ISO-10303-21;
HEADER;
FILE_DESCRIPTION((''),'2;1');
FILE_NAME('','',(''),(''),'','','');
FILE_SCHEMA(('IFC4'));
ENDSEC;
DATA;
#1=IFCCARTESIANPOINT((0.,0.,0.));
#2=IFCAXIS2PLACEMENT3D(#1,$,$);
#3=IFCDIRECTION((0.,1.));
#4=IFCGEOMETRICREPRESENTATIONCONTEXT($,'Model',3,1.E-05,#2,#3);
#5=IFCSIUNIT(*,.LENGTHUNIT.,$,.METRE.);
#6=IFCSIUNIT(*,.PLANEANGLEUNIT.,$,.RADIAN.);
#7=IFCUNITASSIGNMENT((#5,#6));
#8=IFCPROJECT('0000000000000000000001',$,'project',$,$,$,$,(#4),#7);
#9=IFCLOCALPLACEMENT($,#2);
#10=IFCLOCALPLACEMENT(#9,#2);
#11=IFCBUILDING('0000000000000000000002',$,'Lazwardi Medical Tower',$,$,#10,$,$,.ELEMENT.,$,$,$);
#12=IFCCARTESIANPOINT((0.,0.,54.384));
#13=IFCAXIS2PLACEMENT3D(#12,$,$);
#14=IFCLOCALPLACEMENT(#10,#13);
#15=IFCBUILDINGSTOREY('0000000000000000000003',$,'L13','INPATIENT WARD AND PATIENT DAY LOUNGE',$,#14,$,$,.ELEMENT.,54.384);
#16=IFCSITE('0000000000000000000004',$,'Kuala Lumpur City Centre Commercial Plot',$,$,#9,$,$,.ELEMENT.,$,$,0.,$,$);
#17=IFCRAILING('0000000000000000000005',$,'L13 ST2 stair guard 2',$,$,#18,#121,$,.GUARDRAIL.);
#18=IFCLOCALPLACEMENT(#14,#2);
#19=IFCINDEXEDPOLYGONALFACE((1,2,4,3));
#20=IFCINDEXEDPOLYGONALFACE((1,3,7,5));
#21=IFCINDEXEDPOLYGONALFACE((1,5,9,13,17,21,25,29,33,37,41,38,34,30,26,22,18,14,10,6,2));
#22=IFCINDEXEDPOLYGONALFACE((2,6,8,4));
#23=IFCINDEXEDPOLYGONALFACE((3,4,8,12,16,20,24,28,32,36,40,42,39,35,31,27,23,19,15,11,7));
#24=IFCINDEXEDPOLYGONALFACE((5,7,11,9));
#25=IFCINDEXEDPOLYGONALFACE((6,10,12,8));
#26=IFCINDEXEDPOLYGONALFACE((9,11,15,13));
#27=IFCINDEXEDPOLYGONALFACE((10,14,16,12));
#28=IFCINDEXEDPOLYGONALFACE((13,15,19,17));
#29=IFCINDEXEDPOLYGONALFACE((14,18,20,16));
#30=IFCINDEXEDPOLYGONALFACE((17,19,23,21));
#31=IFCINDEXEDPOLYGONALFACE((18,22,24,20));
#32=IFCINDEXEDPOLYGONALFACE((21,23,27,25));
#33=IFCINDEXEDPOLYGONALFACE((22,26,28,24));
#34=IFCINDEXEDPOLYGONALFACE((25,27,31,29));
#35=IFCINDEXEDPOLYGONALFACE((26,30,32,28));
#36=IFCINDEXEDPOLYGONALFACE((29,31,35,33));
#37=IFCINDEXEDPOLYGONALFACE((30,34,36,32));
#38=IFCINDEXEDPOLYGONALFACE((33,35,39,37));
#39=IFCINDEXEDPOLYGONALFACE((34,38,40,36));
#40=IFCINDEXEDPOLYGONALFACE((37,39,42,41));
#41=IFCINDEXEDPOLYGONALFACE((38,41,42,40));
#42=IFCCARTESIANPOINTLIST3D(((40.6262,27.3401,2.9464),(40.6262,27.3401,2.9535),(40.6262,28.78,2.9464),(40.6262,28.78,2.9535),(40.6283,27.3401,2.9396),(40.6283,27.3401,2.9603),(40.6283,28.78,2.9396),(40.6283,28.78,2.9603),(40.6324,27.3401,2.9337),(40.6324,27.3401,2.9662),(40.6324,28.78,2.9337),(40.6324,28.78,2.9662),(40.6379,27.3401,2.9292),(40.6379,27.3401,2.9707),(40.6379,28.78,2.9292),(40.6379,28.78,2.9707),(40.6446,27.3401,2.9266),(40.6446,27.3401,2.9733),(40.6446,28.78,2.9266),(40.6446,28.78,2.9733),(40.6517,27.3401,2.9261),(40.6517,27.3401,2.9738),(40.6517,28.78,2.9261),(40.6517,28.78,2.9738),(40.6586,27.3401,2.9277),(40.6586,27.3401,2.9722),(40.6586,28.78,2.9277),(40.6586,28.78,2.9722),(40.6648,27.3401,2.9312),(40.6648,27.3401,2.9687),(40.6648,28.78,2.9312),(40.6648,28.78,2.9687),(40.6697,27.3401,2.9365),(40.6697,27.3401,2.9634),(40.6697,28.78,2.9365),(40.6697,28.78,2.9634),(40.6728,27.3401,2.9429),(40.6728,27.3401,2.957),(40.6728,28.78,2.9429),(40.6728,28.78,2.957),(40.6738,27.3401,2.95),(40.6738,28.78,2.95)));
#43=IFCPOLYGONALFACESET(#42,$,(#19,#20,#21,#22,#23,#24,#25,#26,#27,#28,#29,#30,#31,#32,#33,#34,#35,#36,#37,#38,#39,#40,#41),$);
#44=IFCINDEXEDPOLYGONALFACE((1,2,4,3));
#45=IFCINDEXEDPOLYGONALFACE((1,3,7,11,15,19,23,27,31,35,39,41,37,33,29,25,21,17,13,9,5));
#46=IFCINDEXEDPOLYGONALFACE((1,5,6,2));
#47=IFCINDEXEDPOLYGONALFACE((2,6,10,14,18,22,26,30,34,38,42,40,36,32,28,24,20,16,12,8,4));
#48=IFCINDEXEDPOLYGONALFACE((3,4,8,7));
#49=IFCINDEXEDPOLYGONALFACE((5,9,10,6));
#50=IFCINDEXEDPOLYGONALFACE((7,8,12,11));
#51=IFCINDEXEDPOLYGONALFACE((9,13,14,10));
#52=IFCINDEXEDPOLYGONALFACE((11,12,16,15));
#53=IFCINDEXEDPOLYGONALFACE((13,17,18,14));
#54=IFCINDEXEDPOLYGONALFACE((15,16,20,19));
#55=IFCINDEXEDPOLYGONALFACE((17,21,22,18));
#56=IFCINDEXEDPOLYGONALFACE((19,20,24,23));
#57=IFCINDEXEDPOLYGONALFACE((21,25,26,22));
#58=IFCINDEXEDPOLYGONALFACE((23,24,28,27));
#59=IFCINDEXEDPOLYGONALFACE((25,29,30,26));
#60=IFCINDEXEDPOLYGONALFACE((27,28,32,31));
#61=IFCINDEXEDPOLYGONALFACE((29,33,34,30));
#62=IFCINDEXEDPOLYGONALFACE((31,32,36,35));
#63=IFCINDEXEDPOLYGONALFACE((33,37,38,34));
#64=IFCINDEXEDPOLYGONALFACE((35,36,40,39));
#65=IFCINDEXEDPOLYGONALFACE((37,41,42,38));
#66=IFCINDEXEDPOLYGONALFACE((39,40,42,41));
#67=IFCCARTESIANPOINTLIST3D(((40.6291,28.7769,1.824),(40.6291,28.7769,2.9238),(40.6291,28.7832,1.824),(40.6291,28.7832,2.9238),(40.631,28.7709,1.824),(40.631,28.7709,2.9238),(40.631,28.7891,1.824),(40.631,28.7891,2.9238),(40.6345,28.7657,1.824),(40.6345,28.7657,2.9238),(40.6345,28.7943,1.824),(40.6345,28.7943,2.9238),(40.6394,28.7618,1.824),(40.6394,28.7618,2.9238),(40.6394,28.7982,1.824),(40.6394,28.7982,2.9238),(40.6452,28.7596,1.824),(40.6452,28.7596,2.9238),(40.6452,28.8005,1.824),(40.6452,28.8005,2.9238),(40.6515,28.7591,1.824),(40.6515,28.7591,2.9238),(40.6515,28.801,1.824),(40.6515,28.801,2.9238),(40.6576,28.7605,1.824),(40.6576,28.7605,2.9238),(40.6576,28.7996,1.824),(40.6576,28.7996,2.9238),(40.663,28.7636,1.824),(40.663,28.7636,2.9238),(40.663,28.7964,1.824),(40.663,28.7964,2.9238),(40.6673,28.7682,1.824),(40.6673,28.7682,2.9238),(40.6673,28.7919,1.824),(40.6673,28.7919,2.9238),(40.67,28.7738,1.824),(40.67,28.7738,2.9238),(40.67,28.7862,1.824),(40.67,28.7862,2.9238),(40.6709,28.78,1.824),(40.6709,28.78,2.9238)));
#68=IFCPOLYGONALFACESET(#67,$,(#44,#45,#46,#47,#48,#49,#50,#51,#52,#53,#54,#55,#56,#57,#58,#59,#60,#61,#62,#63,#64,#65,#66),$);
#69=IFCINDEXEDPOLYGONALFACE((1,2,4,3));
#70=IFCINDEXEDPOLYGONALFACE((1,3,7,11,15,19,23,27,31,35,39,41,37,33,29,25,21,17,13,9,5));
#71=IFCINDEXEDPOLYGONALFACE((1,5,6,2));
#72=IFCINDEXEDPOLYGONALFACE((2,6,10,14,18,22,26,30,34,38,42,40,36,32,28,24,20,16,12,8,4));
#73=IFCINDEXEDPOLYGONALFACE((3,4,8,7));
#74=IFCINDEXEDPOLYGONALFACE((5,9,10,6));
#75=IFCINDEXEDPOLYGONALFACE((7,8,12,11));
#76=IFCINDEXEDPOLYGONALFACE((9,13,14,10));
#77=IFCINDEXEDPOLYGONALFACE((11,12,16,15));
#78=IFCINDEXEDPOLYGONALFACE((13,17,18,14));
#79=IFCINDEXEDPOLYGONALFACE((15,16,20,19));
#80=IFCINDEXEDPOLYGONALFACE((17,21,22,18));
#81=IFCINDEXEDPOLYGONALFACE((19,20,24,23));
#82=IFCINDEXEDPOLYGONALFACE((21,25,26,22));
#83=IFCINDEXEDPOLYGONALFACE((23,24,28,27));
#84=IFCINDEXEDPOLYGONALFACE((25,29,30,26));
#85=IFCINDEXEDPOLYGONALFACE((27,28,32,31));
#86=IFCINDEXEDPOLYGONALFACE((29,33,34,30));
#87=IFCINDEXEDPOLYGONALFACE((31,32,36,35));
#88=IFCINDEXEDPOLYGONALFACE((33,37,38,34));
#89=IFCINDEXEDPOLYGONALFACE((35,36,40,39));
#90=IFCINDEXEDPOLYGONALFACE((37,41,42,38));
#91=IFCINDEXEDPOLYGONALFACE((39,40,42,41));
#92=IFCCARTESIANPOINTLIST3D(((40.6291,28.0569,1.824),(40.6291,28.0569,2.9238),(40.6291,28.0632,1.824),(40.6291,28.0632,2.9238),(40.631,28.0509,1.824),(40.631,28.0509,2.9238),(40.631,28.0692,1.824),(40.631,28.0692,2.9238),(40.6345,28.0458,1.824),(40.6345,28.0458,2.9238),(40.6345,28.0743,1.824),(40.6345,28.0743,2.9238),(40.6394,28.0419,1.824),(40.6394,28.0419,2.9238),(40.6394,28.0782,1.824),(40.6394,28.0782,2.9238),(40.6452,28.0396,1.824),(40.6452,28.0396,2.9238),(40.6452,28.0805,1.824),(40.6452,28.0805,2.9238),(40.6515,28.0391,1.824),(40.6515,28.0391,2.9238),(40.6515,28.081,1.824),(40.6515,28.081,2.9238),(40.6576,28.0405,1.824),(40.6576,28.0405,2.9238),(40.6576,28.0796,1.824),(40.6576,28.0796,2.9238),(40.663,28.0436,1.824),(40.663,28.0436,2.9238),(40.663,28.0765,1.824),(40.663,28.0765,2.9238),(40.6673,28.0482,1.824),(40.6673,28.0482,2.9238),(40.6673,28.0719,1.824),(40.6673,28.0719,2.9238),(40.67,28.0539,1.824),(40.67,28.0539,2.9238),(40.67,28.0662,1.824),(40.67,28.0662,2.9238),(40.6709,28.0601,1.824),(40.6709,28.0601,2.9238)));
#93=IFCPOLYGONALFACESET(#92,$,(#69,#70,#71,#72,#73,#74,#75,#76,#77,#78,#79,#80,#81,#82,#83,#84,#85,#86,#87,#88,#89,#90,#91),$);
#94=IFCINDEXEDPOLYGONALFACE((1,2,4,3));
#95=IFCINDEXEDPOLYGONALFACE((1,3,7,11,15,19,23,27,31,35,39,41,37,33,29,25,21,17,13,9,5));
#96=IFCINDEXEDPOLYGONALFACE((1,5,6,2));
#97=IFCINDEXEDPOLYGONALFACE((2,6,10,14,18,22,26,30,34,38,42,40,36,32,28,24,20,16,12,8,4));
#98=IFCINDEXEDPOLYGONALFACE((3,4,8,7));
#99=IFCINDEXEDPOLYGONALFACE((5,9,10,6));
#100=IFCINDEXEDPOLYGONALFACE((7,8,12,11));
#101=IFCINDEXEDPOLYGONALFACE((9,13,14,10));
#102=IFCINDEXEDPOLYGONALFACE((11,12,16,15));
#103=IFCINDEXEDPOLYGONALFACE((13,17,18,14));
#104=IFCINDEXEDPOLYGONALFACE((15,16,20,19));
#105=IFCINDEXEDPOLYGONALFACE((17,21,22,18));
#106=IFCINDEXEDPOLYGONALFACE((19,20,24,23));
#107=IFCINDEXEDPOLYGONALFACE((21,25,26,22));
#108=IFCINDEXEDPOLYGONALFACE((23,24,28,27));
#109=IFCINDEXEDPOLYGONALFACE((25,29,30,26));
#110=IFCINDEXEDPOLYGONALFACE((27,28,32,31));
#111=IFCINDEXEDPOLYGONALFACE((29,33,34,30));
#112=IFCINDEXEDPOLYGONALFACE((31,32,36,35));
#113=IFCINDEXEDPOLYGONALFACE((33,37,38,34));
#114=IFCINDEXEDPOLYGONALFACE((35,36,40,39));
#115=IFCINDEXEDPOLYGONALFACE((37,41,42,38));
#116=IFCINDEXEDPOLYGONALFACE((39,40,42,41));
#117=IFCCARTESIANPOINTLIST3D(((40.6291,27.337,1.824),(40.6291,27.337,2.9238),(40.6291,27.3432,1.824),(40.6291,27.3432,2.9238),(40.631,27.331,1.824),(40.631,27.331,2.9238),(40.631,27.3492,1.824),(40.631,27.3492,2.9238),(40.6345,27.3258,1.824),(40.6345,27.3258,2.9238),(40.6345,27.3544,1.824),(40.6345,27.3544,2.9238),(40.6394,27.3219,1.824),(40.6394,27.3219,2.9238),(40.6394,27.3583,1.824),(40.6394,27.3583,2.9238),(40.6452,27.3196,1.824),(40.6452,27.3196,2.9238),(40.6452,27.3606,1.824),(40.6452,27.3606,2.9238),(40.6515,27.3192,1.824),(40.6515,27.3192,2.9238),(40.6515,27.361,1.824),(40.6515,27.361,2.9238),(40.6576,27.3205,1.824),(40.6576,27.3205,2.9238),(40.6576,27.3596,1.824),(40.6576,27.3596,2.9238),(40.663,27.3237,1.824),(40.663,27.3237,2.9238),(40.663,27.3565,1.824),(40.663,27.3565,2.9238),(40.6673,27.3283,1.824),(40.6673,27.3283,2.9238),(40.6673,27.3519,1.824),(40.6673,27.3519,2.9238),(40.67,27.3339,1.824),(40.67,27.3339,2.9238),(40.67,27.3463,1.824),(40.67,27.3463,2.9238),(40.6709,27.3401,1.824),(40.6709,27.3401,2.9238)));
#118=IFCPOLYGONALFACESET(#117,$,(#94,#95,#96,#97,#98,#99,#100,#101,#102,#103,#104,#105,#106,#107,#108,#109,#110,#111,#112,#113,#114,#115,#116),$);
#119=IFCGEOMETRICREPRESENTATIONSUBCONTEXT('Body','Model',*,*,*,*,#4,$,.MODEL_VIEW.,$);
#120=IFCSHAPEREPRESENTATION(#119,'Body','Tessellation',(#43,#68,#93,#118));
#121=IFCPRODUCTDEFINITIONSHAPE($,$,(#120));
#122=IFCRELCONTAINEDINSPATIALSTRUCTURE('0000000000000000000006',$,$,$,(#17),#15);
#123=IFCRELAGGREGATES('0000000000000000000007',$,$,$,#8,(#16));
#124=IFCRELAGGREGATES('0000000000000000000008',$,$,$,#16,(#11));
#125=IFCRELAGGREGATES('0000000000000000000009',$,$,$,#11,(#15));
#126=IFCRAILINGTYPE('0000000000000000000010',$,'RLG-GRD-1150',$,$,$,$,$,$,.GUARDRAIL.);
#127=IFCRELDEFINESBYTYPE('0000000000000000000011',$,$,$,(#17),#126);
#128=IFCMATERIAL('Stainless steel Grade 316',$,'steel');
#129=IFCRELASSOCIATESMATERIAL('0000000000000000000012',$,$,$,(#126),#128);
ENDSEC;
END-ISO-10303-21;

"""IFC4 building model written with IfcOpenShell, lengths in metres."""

from ifc_helpers import new_model, si_unit, direction, frame, origin, origin_2d, place, context, subcontext, project, spatial, circle, extrude, material, type_object, element, save


model = new_model("IFC4")

# Units and contexts
model_context = context("Model", 3, precision=1e-05, world=origin(), true_north=direction((0.0, 1.0)))
body_context = subcontext(model_context, "Body", "Model", "MODEL_VIEW")
ifc_project = project(units=[si_unit("LENGTHUNIT", "METRE"), si_unit("PLANEANGLEUNIT", "RADIAN")], contexts=[model_context])

# Site, building, storey
site_placement = place(None, origin())
site = spatial("IfcSite", under=ifc_project, at=site_placement, Name="Kuala Lumpur City Centre Commercial Plot", CompositionType="ELEMENT", RefElevation=0.0)
building_placement = place(site_placement, origin())
building = spatial("IfcBuilding", under=site, at=building_placement, Name="Lazwardi Medical Tower", CompositionType="ELEMENT")
storey_placement = place(building_placement, frame((0.0, 0.0, 54.384)))
storey = spatial("IfcBuildingStorey", under=building, at=storey_placement, Name="L13", Description="INPATIENT WARD AND PATIENT DAY LOUNGE", CompositionType="ELEMENT", Elevation=54.384)

# Railing
ifc_material_1 = material(Name="Stainless steel Grade 316", Category="steel")
railing_type_1 = type_object("IfcRailingType", Name="RLG-GRD-1150", PredefinedType="GUARDRAIL", material=ifc_material_1)
railing_1_placement = place(storey_placement, frame((40.6499, 28.78, 1.824)))
element("IfcRailing", 1, at=railing_1_placement, inside=storey, type_object=railing_type_1, Name="L13 ST2 stair guard 2", PredefinedType="GUARDRAIL", context=body_context, shape_type="SweptSolid", body=[
    extrude(circle(Radius=0.0239, at=origin_2d()), frame((0.0, 0.0, 1.126), z_axis=(0.0, -1.0, 0.0), x_axis=(1.0, 0.0, 0.0)), (0.0, 0.0, 1.0), 1.4399),
    extrude(circle(Radius=0.021, at=origin_2d()), origin(), (0.0, 0.0, 1.0), 1.0999),
    extrude(circle(Radius=0.021, at=origin_2d()), frame((0.0, -0.72, 0.0)), (0.0, 0.0, 1.0), 1.0999),
    extrude(circle(Radius=0.021, at=origin_2d()), frame((0.0, -1.4399, 0.0)), (0.0, 0.0, 1.0), 1.0999),
])

save(model, "model.ifc")
